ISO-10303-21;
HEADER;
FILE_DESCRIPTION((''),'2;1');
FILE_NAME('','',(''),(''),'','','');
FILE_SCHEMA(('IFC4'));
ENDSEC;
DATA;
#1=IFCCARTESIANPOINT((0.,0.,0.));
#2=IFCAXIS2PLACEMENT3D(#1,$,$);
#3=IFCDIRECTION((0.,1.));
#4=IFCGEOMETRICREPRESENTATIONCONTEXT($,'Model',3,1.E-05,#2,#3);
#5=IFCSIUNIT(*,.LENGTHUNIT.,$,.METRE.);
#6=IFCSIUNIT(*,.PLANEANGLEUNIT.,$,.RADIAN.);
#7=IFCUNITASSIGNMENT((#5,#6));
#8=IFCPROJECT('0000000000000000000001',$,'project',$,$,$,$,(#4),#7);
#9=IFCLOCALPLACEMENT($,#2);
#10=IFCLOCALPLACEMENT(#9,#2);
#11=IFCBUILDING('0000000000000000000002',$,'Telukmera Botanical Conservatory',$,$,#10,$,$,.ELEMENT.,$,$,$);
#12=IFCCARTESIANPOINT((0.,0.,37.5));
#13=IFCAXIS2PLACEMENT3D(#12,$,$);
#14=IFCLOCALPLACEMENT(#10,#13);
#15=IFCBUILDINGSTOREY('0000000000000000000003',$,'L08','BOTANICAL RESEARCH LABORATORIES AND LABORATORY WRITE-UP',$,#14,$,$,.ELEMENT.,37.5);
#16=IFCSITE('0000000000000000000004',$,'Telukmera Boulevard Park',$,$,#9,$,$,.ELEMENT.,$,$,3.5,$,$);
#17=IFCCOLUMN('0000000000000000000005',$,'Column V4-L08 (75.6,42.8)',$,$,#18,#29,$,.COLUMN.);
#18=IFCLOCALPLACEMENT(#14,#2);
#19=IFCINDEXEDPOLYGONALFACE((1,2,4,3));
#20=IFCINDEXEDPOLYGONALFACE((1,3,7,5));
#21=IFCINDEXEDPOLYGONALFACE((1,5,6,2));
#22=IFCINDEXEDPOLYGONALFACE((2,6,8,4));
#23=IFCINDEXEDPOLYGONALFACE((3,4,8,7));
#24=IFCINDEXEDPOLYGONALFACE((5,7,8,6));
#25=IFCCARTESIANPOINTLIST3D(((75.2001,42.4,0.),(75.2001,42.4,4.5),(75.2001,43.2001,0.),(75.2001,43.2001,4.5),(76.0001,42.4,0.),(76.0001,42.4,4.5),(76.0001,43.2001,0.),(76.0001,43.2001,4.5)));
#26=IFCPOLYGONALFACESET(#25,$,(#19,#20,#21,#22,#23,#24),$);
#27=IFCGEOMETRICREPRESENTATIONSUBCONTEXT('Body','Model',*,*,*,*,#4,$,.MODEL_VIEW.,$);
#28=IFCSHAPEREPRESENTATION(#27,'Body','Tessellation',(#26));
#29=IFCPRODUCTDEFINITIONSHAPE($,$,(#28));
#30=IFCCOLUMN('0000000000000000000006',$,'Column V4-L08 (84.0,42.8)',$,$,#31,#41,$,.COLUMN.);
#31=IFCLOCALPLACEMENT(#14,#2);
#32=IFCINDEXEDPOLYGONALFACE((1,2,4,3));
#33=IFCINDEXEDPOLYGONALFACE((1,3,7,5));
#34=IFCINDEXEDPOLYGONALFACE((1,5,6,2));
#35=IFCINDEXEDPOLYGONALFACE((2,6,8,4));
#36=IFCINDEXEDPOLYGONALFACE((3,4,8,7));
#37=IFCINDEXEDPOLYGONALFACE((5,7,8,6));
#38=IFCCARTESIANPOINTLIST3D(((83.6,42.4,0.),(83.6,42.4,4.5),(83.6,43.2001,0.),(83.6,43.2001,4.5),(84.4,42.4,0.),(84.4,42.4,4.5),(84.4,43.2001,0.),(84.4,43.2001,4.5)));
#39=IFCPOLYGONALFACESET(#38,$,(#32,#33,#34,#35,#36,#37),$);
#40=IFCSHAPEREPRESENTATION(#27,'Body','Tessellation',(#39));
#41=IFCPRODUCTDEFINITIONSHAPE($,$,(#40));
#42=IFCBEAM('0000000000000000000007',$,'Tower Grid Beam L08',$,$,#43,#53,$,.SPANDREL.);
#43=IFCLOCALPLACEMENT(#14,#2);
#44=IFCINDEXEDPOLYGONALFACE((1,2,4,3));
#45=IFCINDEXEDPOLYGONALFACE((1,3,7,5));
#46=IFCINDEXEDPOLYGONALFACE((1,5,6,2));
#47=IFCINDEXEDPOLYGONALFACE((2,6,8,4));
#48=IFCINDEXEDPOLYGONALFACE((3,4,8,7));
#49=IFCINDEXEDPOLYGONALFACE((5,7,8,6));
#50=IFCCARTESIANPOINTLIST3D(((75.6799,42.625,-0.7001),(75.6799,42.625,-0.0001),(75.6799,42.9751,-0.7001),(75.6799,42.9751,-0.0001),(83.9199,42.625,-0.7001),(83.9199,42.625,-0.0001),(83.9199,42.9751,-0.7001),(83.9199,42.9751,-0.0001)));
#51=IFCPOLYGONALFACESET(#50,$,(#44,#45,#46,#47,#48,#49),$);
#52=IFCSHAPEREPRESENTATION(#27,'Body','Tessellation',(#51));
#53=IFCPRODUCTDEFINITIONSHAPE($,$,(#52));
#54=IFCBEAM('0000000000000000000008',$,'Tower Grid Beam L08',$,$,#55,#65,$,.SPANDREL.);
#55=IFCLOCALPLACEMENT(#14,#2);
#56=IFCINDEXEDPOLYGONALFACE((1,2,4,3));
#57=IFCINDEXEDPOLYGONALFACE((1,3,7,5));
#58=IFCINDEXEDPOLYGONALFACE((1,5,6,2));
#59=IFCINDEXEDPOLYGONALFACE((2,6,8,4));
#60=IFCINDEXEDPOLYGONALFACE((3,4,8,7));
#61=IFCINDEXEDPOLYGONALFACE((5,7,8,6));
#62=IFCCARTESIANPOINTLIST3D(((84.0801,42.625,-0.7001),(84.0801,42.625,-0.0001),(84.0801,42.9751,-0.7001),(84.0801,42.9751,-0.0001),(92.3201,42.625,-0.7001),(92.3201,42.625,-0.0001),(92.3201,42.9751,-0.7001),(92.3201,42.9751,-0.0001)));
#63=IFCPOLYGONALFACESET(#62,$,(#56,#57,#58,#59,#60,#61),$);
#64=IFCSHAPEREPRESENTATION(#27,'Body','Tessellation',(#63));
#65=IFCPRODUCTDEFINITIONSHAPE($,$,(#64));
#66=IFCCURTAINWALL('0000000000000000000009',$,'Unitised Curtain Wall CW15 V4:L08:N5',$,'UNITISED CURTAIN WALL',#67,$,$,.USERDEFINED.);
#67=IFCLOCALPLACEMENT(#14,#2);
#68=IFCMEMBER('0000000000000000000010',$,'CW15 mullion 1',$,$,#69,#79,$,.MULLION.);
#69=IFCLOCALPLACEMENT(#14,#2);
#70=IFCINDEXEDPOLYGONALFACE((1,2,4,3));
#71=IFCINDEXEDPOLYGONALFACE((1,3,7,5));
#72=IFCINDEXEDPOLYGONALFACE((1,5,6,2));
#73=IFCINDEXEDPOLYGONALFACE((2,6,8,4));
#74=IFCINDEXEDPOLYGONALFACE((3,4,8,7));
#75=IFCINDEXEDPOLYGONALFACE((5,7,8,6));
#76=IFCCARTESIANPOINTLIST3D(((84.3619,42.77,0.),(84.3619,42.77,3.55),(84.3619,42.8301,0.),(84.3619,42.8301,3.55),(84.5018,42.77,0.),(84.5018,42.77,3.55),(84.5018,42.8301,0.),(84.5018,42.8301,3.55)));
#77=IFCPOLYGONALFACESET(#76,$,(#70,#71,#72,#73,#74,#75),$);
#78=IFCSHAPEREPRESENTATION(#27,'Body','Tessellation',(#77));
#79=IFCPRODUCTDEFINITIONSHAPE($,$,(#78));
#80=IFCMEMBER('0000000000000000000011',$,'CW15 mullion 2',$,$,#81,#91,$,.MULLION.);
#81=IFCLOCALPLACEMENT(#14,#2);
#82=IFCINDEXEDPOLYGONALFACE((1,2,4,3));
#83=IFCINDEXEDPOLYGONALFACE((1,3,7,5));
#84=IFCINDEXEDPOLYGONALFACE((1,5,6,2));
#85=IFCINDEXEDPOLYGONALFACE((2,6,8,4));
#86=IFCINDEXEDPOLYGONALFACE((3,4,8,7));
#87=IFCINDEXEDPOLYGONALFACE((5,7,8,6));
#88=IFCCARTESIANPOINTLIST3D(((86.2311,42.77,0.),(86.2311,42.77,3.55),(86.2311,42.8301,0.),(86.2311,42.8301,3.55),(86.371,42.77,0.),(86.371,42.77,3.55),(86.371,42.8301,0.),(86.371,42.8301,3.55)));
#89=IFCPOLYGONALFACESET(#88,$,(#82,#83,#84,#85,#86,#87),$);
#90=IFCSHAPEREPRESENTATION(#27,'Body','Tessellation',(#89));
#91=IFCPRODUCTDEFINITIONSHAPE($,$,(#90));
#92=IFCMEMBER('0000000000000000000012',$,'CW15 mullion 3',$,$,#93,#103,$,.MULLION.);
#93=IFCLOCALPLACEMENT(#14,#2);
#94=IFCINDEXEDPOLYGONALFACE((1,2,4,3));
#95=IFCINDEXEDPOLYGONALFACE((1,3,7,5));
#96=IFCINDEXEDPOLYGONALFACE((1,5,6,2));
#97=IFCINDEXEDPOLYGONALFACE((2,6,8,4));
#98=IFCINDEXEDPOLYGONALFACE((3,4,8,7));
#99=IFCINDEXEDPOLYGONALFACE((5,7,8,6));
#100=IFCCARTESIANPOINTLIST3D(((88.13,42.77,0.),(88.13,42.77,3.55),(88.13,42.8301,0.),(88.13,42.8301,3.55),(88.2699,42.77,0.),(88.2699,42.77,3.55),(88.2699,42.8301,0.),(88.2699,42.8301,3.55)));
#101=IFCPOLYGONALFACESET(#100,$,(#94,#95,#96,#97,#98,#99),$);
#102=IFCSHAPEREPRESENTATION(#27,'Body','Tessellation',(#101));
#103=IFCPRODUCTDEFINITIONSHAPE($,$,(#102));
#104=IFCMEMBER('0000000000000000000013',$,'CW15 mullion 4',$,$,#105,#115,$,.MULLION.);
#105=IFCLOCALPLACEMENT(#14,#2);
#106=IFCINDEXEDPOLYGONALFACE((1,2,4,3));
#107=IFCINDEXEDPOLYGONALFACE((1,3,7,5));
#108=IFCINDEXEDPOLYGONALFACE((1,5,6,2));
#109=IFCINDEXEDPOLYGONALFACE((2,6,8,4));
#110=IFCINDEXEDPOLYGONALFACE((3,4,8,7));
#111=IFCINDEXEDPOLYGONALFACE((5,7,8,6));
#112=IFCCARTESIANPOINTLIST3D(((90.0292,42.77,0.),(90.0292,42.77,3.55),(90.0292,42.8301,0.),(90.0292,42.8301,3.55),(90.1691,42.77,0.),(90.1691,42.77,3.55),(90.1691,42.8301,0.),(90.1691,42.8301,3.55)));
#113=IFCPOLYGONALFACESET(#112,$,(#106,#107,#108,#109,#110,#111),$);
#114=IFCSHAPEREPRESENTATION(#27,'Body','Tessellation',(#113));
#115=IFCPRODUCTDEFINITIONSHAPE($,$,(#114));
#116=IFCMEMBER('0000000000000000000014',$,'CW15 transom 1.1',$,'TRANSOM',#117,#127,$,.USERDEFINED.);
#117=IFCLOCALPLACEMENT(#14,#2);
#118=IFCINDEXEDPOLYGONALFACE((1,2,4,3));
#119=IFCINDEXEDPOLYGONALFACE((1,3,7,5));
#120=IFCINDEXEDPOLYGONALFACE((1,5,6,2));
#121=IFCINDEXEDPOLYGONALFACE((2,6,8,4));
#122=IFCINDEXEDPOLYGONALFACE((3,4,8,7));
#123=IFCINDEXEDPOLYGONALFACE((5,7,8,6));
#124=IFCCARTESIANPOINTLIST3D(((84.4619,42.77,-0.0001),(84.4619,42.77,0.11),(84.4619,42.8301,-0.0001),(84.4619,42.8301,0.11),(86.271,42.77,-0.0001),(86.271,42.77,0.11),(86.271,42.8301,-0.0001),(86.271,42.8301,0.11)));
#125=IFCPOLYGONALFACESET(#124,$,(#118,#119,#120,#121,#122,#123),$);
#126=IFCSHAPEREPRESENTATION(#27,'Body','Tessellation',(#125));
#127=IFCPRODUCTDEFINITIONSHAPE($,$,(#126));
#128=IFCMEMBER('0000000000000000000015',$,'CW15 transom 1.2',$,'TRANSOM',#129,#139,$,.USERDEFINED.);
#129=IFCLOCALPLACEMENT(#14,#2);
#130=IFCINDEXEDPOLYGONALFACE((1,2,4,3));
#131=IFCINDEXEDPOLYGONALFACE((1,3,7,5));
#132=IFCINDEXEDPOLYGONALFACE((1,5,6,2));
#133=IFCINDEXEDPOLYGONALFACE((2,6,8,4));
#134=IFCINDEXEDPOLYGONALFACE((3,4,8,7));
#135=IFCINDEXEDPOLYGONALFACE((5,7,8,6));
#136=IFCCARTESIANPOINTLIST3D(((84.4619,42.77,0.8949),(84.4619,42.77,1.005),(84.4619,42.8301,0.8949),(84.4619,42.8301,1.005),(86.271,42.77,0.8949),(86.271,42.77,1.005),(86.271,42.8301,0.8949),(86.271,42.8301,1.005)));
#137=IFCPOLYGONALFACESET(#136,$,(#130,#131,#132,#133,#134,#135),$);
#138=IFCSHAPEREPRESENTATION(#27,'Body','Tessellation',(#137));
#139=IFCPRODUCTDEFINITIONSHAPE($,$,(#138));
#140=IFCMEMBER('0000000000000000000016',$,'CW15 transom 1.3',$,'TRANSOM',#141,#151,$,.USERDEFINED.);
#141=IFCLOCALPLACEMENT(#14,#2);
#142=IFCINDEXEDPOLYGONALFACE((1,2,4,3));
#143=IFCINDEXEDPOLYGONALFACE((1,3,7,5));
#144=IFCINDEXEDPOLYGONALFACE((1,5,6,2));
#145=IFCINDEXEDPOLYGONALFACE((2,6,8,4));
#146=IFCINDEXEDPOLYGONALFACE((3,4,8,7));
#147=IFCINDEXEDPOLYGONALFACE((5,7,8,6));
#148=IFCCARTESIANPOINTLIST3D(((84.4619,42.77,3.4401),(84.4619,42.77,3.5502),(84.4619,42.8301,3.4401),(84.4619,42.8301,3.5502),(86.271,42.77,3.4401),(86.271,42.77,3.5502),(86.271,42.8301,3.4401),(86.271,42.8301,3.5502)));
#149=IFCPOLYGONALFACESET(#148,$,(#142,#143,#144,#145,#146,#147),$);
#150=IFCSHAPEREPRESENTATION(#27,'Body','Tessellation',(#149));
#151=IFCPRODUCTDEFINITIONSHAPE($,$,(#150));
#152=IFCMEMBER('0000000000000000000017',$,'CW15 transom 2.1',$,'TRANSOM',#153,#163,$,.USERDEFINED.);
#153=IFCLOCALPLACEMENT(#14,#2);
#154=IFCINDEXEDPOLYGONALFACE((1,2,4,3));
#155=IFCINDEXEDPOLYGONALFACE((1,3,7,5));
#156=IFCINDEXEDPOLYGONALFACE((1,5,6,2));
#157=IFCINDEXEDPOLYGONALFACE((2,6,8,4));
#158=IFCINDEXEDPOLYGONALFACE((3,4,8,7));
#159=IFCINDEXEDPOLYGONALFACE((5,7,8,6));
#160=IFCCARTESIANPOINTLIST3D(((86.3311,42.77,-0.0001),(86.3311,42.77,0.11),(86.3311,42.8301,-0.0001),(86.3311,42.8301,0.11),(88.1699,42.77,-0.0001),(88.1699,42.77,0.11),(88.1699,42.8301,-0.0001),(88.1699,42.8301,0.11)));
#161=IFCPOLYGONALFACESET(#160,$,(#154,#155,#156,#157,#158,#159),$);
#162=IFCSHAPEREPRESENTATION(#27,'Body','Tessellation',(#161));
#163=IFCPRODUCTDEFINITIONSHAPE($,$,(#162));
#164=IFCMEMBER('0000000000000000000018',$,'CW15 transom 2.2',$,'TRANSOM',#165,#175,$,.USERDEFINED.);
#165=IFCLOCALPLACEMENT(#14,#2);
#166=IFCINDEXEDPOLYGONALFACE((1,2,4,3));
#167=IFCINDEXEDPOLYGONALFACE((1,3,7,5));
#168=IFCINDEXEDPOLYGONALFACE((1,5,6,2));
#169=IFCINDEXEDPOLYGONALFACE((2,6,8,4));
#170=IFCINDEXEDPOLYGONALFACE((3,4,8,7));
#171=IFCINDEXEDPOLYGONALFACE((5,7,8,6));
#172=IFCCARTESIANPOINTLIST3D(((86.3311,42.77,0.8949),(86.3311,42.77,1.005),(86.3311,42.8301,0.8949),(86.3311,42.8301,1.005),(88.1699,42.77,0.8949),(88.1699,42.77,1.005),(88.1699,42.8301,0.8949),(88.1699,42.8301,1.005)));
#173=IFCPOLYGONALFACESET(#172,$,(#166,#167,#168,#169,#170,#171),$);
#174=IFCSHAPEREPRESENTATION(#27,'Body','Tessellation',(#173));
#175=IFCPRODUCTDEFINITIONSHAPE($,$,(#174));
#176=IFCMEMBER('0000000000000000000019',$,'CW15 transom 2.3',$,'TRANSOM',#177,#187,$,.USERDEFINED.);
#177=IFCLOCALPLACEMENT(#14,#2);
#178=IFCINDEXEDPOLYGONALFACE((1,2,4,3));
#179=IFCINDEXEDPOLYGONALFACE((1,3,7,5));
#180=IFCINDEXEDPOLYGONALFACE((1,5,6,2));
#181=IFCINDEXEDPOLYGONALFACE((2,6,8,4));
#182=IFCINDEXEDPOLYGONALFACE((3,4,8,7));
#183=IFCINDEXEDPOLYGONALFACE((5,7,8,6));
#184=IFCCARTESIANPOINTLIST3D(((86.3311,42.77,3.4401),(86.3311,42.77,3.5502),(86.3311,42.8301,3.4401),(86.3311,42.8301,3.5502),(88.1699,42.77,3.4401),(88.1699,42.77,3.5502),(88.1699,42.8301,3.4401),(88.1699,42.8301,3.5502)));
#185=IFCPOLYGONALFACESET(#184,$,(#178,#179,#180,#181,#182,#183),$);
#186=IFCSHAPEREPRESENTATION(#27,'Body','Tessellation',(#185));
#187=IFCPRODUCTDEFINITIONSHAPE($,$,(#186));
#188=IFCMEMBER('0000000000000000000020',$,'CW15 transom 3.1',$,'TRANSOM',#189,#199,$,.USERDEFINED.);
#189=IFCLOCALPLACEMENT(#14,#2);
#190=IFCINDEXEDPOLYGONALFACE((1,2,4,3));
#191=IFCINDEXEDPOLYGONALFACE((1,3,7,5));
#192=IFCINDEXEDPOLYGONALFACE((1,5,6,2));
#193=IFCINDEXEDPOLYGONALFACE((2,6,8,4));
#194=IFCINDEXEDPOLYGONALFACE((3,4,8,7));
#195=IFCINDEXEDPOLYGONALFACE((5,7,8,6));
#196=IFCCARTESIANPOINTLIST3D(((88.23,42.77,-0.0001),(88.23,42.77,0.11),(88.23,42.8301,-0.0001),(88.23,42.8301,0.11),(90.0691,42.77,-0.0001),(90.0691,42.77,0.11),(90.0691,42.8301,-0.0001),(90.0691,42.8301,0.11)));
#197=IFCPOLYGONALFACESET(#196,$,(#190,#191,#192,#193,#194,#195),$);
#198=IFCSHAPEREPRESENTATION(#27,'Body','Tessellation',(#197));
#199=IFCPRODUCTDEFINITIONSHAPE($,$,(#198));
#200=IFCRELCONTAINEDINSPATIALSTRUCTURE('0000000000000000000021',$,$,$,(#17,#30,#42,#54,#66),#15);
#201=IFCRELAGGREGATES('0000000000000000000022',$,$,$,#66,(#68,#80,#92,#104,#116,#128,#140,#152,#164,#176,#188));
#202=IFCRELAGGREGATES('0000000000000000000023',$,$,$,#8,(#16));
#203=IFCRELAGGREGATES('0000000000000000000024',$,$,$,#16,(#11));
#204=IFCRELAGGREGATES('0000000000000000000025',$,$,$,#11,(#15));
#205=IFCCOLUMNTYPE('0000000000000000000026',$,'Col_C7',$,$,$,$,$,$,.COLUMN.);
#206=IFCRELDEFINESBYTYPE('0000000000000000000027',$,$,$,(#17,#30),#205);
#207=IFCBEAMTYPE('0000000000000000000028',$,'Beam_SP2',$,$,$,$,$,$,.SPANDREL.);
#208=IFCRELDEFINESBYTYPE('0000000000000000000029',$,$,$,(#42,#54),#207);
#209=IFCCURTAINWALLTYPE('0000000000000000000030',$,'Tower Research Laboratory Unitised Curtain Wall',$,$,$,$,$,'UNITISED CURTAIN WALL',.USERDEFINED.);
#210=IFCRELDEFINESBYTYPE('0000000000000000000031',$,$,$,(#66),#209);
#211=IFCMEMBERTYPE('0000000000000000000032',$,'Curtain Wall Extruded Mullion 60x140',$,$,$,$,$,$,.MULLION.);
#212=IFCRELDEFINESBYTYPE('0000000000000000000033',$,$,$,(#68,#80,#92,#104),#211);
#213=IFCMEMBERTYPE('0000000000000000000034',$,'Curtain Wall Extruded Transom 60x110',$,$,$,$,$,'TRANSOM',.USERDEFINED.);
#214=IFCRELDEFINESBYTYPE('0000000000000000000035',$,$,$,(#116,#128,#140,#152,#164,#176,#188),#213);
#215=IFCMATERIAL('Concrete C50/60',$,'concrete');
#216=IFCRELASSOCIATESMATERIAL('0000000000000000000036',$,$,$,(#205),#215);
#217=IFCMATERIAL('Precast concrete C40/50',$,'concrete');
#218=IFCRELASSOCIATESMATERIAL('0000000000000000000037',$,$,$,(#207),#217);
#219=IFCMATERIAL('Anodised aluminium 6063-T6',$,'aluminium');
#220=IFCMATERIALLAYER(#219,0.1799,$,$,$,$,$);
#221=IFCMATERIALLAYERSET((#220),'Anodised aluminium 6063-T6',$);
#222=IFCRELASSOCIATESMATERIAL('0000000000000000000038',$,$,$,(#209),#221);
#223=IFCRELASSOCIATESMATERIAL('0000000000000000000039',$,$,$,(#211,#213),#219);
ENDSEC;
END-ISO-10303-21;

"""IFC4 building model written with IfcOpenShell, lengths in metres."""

from ifc_helpers import new_model, si_unit, direction, frame, origin, origin_2d, place, context, subcontext, project, spatial, rectangle, extrude, material, layer, layer_set, material_profile, profile_set, type_object, element, aggregate, save


model = new_model("IFC4")

# Units and contexts
model_context = context("Model", 3, precision=1e-05, world=origin(), true_north=direction((0.0, 1.0)))
body_context = subcontext(model_context, "Body", "Model", "MODEL_VIEW")
ifc_project = project(units=[si_unit("LENGTHUNIT", "METRE"), si_unit("PLANEANGLEUNIT", "RADIAN")], contexts=[model_context])

# Site, building, storey
site_placement = place(None, origin())
site = spatial("IfcSite", under=ifc_project, at=site_placement, Name="Telukmera Boulevard Park", CompositionType="ELEMENT", RefElevation=3.5)
building_placement = place(site_placement, origin())
building = spatial("IfcBuilding", under=site, at=building_placement, Name="Telukmera Botanical Conservatory", CompositionType="ELEMENT")
storey_placement = place(building_placement, frame((0.0, 0.0, 37.5)))
storey = spatial("IfcBuildingStorey", under=building, at=storey_placement, Name="L08", Description="BOTANICAL RESEARCH LABORATORIES AND LABORATORY WRITE-UP", CompositionType="ELEMENT", Elevation=37.5)

# Columns
ifc_material_1 = material(Name="Concrete C50/60", Category="concrete")
ifc_material_profile_1 = material_profile(ifc_material_1, rectangle(XDim=0.8, YDim=0.8, at=origin_2d()), Name="RC 800x800")
ifc_profile_set_1 = profile_set([ifc_material_profile_1], Name="Concrete C50/60")
column_type = type_object("IfcColumnType", Name="Col_C7", PredefinedType="COLUMN", material=ifc_profile_set_1)
for number, where, z_axis, x_axis, name in (
    (1, (75.6001, 42.8, 0.0), (0.0, 0.0, 1.0), (1.0, 0.0, 0.0), "Column V4-L08 (75.6,42.8)"),
    (2, (84.0, 42.8, 0.0), (0.0, 0.0, 1.0), (1.0, 0.0, 0.0), "Column V4-L08 (84.0,42.8)"),
):
    element("IfcColumn", number, at=place(storey_placement, frame(where, z_axis=z_axis, x_axis=x_axis)), inside=storey, type_object=column_type, Name=name, PredefinedType="COLUMN", context=body_context, shape_type="SweptSolid", body=[
        extrude(rectangle(XDim=0.8, YDim=0.8, at=origin_2d()), origin(), (0.0, 0.0, 1.0), 4.5),
    ])

# Beams
ifc_material_2 = material(Name="Precast concrete C40/50", Category="concrete")
ifc_material_profile_2 = material_profile(ifc_material_2, rectangle(XDim=0.3501, YDim=0.7, at=origin_2d()), Name="PC 350x700")
ifc_profile_set_2 = profile_set([ifc_material_profile_2], Name="Precast concrete C40/50")
beam_type = type_object("IfcBeamType", Name="Beam_SP2", PredefinedType="SPANDREL", material=ifc_profile_set_2)
for number, where, z_axis, x_axis, name in (
    (3, (75.6799, 42.8, -0.3501), (1.0, 0.0, 0.0), (0.0, 1.0, 0.0), "Tower Grid Beam L08"),
    (4, (84.0801, 42.8, -0.3501), (1.0, 0.0, 0.0), (0.0, 1.0, 0.0), "Tower Grid Beam L08"),
):
    element("IfcBeam", number, at=place(storey_placement, frame(where, z_axis=z_axis, x_axis=x_axis)), inside=storey, type_object=beam_type, Name=name, PredefinedType="SPANDREL", context=body_context, shape_type="SweptSolid", body=[
        extrude(rectangle(XDim=0.3501, YDim=0.7, at=origin_2d()), origin(), (0.0, 0.0, 1.0), 8.24),
    ])

# Curtain wall, members
ifc_material_3 = material(Name="Anodised aluminium 6063-T6", Category="aluminium")
ifc_layer_1 = layer(ifc_material_3, 0.1799)
ifc_layer_set_1 = layer_set([ifc_layer_1], Name="Anodised aluminium 6063-T6")
curtain_wall_type = type_object("IfcCurtainWallType", Name="Tower Research Laboratory Unitised Curtain Wall", ElementType="UNITISED CURTAIN WALL", PredefinedType="USERDEFINED", material=ifc_layer_set_1)
curtain_wall_placement = place(storey_placement, origin())
curtain_wall = element("IfcCurtainWall", 5, at=curtain_wall_placement, inside=storey, type_object=curtain_wall_type, Name="Unitised Curtain Wall CW15 V4:L08:N5", ObjectType="UNITISED CURTAIN WALL", PredefinedType="USERDEFINED")
ifc_material_profile_3 = material_profile(ifc_material_3, rectangle(XDim=0.0601, YDim=0.1399, at=origin_2d()), Name="ALU MULL 60x140")
ifc_profile_set_3 = profile_set([ifc_material_profile_3], Name="Anodised aluminium 6063-T6")
member_type_1 = type_object("IfcMemberType", Name="Curtain Wall Extruded Mullion 60x140", PredefinedType="MULLION", material=ifc_profile_set_3)
member_1_placement = place(storey_placement, frame((84.4319, 42.8, 0.0), z_axis=(0.0, 0.0, 1.0), x_axis=(0.0, 1.0, 0.0)))
member_1 = element("IfcMember", 6, at=member_1_placement, type_object=member_type_1, Name="CW15 mullion 1", PredefinedType="MULLION", context=body_context, shape_type="SweptSolid", body=[
    extrude(rectangle(XDim=0.0601, YDim=0.1399, at=origin_2d()), origin(), (0.0, 0.0, 1.0), 3.55),
])
member_2_placement = place(storey_placement, frame((86.301, 42.8, 0.0), z_axis=(0.0, 0.0, 1.0), x_axis=(0.0, 1.0, 0.0)))
member_2 = element("IfcMember", 7, at=member_2_placement, type_object=member_type_1, Name="CW15 mullion 2", PredefinedType="MULLION", context=body_context, shape_type="SweptSolid", body=[
    extrude(rectangle(XDim=0.0601, YDim=0.1399, at=origin_2d()), origin(), (0.0, 0.0, 1.0), 3.55),
])
member_3_placement = place(storey_placement, frame((88.2, 42.8, 0.0), z_axis=(0.0, 0.0, 1.0), x_axis=(0.0, 1.0, 0.0)))
member_3 = element("IfcMember", 8, at=member_3_placement, type_object=member_type_1, Name="CW15 mullion 3", PredefinedType="MULLION", context=body_context, shape_type="SweptSolid", body=[
    extrude(rectangle(XDim=0.0601, YDim=0.1399, at=origin_2d()), origin(), (0.0, 0.0, 1.0), 3.55),
])
member_4_placement = place(storey_placement, frame((90.0991, 42.8, 0.0), z_axis=(0.0, 0.0, 1.0), x_axis=(0.0, 1.0, 0.0)))
member_4 = element("IfcMember", 9, at=member_4_placement, type_object=member_type_1, Name="CW15 mullion 4", PredefinedType="MULLION", context=body_context, shape_type="SweptSolid", body=[
    extrude(rectangle(XDim=0.0601, YDim=0.1399, at=origin_2d()), origin(), (0.0, 0.0, 1.0), 3.55),
])
ifc_material_profile_4 = material_profile(ifc_material_3, rectangle(XDim=0.0601, YDim=0.1101, at=origin_2d()), Name="ALU TRAN 60x110")
ifc_profile_set_4 = profile_set([ifc_material_profile_4], Name="Anodised aluminium 6063-T6")
member_type_2 = type_object("IfcMemberType", Name="Curtain Wall Extruded Transom 60x110", ElementType="TRANSOM", PredefinedType="USERDEFINED", material=ifc_profile_set_4)
member_5_placement = place(storey_placement, frame((84.4619, 42.8, 0.0549), z_axis=(1.0, 0.0, 0.0), x_axis=(0.0, 1.0, 0.0)))
member_5 = element("IfcMember", 10, at=member_5_placement, type_object=member_type_2, Name="CW15 transom 1.1", ObjectType="TRANSOM", PredefinedType="USERDEFINED", context=body_context, shape_type="SweptSolid", body=[
    extrude(rectangle(XDim=0.0601, YDim=0.1101, at=origin_2d()), origin(), (0.0, 0.0, 1.0), 1.8091),
])
member_6_placement = place(storey_placement, frame((84.4619, 42.8, 0.95), z_axis=(1.0, 0.0, 0.0), x_axis=(0.0, 1.0, 0.0)))
member_6 = element("IfcMember", 11, at=member_6_placement, type_object=member_type_2, Name="CW15 transom 1.2", ObjectType="TRANSOM", PredefinedType="USERDEFINED", context=body_context, shape_type="SweptSolid", body=[
    extrude(rectangle(XDim=0.0601, YDim=0.1101, at=origin_2d()), origin(), (0.0, 0.0, 1.0), 1.8091),
])
member_7_placement = place(storey_placement, frame((84.4619, 42.8, 3.4951), z_axis=(1.0, 0.0, 0.0), x_axis=(0.0, 1.0, 0.0)))
member_7 = element("IfcMember", 12, at=member_7_placement, type_object=member_type_2, Name="CW15 transom 1.3", ObjectType="TRANSOM", PredefinedType="USERDEFINED", context=body_context, shape_type="SweptSolid", body=[
    extrude(rectangle(XDim=0.0601, YDim=0.1101, at=origin_2d()), origin(), (0.0, 0.0, 1.0), 1.8091),
])
member_8_placement = place(storey_placement, frame((86.3311, 42.8, 0.0549), z_axis=(1.0, 0.0, 0.0), x_axis=(0.0, 1.0, 0.0)))
member_8 = element("IfcMember", 13, at=member_8_placement, type_object=member_type_2, Name="CW15 transom 2.1", ObjectType="TRANSOM", PredefinedType="USERDEFINED", context=body_context, shape_type="SweptSolid", body=[
    extrude(rectangle(XDim=0.0601, YDim=0.1101, at=origin_2d()), origin(), (0.0, 0.0, 1.0), 1.8389),
])
member_9_placement = place(storey_placement, frame((86.3311, 42.8, 0.95), z_axis=(1.0, 0.0, 0.0), x_axis=(0.0, 1.0, 0.0)))
member_9 = element("IfcMember", 14, at=member_9_placement, type_object=member_type_2, Name="CW15 transom 2.2", ObjectType="TRANSOM", PredefinedType="USERDEFINED", context=body_context, shape_type="SweptSolid", body=[
    extrude(rectangle(XDim=0.0601, YDim=0.1101, at=origin_2d()), origin(), (0.0, 0.0, 1.0), 1.8389),
])
member_10_placement = place(storey_placement, frame((86.3311, 42.8, 3.4951), z_axis=(1.0, 0.0, 0.0), x_axis=(0.0, 1.0, 0.0)))
member_10 = element("IfcMember", 15, at=member_10_placement, type_object=member_type_2, Name="CW15 transom 2.3", ObjectType="TRANSOM", PredefinedType="USERDEFINED", context=body_context, shape_type="SweptSolid", body=[
    extrude(rectangle(XDim=0.0601, YDim=0.1101, at=origin_2d()), origin(), (0.0, 0.0, 1.0), 1.8389),
])
member_11_placement = place(storey_placement, frame((88.23, 42.8, 0.0549), z_axis=(1.0, 0.0, 0.0), x_axis=(0.0, 1.0, 0.0)))
member_11 = element("IfcMember", 16, at=member_11_placement, type_object=member_type_2, Name="CW15 transom 3.1", ObjectType="TRANSOM", PredefinedType="USERDEFINED", context=body_context, shape_type="SweptSolid", body=[
    extrude(rectangle(XDim=0.0601, YDim=0.1101, at=origin_2d()), origin(), (0.0, 0.0, 1.0), 1.8391),
])
aggregate(curtain_wall, [member_1, member_2, member_3, member_4, member_5, member_6, member_7, member_8, member_9, member_10, member_11])

save(model, "model.ifc")
